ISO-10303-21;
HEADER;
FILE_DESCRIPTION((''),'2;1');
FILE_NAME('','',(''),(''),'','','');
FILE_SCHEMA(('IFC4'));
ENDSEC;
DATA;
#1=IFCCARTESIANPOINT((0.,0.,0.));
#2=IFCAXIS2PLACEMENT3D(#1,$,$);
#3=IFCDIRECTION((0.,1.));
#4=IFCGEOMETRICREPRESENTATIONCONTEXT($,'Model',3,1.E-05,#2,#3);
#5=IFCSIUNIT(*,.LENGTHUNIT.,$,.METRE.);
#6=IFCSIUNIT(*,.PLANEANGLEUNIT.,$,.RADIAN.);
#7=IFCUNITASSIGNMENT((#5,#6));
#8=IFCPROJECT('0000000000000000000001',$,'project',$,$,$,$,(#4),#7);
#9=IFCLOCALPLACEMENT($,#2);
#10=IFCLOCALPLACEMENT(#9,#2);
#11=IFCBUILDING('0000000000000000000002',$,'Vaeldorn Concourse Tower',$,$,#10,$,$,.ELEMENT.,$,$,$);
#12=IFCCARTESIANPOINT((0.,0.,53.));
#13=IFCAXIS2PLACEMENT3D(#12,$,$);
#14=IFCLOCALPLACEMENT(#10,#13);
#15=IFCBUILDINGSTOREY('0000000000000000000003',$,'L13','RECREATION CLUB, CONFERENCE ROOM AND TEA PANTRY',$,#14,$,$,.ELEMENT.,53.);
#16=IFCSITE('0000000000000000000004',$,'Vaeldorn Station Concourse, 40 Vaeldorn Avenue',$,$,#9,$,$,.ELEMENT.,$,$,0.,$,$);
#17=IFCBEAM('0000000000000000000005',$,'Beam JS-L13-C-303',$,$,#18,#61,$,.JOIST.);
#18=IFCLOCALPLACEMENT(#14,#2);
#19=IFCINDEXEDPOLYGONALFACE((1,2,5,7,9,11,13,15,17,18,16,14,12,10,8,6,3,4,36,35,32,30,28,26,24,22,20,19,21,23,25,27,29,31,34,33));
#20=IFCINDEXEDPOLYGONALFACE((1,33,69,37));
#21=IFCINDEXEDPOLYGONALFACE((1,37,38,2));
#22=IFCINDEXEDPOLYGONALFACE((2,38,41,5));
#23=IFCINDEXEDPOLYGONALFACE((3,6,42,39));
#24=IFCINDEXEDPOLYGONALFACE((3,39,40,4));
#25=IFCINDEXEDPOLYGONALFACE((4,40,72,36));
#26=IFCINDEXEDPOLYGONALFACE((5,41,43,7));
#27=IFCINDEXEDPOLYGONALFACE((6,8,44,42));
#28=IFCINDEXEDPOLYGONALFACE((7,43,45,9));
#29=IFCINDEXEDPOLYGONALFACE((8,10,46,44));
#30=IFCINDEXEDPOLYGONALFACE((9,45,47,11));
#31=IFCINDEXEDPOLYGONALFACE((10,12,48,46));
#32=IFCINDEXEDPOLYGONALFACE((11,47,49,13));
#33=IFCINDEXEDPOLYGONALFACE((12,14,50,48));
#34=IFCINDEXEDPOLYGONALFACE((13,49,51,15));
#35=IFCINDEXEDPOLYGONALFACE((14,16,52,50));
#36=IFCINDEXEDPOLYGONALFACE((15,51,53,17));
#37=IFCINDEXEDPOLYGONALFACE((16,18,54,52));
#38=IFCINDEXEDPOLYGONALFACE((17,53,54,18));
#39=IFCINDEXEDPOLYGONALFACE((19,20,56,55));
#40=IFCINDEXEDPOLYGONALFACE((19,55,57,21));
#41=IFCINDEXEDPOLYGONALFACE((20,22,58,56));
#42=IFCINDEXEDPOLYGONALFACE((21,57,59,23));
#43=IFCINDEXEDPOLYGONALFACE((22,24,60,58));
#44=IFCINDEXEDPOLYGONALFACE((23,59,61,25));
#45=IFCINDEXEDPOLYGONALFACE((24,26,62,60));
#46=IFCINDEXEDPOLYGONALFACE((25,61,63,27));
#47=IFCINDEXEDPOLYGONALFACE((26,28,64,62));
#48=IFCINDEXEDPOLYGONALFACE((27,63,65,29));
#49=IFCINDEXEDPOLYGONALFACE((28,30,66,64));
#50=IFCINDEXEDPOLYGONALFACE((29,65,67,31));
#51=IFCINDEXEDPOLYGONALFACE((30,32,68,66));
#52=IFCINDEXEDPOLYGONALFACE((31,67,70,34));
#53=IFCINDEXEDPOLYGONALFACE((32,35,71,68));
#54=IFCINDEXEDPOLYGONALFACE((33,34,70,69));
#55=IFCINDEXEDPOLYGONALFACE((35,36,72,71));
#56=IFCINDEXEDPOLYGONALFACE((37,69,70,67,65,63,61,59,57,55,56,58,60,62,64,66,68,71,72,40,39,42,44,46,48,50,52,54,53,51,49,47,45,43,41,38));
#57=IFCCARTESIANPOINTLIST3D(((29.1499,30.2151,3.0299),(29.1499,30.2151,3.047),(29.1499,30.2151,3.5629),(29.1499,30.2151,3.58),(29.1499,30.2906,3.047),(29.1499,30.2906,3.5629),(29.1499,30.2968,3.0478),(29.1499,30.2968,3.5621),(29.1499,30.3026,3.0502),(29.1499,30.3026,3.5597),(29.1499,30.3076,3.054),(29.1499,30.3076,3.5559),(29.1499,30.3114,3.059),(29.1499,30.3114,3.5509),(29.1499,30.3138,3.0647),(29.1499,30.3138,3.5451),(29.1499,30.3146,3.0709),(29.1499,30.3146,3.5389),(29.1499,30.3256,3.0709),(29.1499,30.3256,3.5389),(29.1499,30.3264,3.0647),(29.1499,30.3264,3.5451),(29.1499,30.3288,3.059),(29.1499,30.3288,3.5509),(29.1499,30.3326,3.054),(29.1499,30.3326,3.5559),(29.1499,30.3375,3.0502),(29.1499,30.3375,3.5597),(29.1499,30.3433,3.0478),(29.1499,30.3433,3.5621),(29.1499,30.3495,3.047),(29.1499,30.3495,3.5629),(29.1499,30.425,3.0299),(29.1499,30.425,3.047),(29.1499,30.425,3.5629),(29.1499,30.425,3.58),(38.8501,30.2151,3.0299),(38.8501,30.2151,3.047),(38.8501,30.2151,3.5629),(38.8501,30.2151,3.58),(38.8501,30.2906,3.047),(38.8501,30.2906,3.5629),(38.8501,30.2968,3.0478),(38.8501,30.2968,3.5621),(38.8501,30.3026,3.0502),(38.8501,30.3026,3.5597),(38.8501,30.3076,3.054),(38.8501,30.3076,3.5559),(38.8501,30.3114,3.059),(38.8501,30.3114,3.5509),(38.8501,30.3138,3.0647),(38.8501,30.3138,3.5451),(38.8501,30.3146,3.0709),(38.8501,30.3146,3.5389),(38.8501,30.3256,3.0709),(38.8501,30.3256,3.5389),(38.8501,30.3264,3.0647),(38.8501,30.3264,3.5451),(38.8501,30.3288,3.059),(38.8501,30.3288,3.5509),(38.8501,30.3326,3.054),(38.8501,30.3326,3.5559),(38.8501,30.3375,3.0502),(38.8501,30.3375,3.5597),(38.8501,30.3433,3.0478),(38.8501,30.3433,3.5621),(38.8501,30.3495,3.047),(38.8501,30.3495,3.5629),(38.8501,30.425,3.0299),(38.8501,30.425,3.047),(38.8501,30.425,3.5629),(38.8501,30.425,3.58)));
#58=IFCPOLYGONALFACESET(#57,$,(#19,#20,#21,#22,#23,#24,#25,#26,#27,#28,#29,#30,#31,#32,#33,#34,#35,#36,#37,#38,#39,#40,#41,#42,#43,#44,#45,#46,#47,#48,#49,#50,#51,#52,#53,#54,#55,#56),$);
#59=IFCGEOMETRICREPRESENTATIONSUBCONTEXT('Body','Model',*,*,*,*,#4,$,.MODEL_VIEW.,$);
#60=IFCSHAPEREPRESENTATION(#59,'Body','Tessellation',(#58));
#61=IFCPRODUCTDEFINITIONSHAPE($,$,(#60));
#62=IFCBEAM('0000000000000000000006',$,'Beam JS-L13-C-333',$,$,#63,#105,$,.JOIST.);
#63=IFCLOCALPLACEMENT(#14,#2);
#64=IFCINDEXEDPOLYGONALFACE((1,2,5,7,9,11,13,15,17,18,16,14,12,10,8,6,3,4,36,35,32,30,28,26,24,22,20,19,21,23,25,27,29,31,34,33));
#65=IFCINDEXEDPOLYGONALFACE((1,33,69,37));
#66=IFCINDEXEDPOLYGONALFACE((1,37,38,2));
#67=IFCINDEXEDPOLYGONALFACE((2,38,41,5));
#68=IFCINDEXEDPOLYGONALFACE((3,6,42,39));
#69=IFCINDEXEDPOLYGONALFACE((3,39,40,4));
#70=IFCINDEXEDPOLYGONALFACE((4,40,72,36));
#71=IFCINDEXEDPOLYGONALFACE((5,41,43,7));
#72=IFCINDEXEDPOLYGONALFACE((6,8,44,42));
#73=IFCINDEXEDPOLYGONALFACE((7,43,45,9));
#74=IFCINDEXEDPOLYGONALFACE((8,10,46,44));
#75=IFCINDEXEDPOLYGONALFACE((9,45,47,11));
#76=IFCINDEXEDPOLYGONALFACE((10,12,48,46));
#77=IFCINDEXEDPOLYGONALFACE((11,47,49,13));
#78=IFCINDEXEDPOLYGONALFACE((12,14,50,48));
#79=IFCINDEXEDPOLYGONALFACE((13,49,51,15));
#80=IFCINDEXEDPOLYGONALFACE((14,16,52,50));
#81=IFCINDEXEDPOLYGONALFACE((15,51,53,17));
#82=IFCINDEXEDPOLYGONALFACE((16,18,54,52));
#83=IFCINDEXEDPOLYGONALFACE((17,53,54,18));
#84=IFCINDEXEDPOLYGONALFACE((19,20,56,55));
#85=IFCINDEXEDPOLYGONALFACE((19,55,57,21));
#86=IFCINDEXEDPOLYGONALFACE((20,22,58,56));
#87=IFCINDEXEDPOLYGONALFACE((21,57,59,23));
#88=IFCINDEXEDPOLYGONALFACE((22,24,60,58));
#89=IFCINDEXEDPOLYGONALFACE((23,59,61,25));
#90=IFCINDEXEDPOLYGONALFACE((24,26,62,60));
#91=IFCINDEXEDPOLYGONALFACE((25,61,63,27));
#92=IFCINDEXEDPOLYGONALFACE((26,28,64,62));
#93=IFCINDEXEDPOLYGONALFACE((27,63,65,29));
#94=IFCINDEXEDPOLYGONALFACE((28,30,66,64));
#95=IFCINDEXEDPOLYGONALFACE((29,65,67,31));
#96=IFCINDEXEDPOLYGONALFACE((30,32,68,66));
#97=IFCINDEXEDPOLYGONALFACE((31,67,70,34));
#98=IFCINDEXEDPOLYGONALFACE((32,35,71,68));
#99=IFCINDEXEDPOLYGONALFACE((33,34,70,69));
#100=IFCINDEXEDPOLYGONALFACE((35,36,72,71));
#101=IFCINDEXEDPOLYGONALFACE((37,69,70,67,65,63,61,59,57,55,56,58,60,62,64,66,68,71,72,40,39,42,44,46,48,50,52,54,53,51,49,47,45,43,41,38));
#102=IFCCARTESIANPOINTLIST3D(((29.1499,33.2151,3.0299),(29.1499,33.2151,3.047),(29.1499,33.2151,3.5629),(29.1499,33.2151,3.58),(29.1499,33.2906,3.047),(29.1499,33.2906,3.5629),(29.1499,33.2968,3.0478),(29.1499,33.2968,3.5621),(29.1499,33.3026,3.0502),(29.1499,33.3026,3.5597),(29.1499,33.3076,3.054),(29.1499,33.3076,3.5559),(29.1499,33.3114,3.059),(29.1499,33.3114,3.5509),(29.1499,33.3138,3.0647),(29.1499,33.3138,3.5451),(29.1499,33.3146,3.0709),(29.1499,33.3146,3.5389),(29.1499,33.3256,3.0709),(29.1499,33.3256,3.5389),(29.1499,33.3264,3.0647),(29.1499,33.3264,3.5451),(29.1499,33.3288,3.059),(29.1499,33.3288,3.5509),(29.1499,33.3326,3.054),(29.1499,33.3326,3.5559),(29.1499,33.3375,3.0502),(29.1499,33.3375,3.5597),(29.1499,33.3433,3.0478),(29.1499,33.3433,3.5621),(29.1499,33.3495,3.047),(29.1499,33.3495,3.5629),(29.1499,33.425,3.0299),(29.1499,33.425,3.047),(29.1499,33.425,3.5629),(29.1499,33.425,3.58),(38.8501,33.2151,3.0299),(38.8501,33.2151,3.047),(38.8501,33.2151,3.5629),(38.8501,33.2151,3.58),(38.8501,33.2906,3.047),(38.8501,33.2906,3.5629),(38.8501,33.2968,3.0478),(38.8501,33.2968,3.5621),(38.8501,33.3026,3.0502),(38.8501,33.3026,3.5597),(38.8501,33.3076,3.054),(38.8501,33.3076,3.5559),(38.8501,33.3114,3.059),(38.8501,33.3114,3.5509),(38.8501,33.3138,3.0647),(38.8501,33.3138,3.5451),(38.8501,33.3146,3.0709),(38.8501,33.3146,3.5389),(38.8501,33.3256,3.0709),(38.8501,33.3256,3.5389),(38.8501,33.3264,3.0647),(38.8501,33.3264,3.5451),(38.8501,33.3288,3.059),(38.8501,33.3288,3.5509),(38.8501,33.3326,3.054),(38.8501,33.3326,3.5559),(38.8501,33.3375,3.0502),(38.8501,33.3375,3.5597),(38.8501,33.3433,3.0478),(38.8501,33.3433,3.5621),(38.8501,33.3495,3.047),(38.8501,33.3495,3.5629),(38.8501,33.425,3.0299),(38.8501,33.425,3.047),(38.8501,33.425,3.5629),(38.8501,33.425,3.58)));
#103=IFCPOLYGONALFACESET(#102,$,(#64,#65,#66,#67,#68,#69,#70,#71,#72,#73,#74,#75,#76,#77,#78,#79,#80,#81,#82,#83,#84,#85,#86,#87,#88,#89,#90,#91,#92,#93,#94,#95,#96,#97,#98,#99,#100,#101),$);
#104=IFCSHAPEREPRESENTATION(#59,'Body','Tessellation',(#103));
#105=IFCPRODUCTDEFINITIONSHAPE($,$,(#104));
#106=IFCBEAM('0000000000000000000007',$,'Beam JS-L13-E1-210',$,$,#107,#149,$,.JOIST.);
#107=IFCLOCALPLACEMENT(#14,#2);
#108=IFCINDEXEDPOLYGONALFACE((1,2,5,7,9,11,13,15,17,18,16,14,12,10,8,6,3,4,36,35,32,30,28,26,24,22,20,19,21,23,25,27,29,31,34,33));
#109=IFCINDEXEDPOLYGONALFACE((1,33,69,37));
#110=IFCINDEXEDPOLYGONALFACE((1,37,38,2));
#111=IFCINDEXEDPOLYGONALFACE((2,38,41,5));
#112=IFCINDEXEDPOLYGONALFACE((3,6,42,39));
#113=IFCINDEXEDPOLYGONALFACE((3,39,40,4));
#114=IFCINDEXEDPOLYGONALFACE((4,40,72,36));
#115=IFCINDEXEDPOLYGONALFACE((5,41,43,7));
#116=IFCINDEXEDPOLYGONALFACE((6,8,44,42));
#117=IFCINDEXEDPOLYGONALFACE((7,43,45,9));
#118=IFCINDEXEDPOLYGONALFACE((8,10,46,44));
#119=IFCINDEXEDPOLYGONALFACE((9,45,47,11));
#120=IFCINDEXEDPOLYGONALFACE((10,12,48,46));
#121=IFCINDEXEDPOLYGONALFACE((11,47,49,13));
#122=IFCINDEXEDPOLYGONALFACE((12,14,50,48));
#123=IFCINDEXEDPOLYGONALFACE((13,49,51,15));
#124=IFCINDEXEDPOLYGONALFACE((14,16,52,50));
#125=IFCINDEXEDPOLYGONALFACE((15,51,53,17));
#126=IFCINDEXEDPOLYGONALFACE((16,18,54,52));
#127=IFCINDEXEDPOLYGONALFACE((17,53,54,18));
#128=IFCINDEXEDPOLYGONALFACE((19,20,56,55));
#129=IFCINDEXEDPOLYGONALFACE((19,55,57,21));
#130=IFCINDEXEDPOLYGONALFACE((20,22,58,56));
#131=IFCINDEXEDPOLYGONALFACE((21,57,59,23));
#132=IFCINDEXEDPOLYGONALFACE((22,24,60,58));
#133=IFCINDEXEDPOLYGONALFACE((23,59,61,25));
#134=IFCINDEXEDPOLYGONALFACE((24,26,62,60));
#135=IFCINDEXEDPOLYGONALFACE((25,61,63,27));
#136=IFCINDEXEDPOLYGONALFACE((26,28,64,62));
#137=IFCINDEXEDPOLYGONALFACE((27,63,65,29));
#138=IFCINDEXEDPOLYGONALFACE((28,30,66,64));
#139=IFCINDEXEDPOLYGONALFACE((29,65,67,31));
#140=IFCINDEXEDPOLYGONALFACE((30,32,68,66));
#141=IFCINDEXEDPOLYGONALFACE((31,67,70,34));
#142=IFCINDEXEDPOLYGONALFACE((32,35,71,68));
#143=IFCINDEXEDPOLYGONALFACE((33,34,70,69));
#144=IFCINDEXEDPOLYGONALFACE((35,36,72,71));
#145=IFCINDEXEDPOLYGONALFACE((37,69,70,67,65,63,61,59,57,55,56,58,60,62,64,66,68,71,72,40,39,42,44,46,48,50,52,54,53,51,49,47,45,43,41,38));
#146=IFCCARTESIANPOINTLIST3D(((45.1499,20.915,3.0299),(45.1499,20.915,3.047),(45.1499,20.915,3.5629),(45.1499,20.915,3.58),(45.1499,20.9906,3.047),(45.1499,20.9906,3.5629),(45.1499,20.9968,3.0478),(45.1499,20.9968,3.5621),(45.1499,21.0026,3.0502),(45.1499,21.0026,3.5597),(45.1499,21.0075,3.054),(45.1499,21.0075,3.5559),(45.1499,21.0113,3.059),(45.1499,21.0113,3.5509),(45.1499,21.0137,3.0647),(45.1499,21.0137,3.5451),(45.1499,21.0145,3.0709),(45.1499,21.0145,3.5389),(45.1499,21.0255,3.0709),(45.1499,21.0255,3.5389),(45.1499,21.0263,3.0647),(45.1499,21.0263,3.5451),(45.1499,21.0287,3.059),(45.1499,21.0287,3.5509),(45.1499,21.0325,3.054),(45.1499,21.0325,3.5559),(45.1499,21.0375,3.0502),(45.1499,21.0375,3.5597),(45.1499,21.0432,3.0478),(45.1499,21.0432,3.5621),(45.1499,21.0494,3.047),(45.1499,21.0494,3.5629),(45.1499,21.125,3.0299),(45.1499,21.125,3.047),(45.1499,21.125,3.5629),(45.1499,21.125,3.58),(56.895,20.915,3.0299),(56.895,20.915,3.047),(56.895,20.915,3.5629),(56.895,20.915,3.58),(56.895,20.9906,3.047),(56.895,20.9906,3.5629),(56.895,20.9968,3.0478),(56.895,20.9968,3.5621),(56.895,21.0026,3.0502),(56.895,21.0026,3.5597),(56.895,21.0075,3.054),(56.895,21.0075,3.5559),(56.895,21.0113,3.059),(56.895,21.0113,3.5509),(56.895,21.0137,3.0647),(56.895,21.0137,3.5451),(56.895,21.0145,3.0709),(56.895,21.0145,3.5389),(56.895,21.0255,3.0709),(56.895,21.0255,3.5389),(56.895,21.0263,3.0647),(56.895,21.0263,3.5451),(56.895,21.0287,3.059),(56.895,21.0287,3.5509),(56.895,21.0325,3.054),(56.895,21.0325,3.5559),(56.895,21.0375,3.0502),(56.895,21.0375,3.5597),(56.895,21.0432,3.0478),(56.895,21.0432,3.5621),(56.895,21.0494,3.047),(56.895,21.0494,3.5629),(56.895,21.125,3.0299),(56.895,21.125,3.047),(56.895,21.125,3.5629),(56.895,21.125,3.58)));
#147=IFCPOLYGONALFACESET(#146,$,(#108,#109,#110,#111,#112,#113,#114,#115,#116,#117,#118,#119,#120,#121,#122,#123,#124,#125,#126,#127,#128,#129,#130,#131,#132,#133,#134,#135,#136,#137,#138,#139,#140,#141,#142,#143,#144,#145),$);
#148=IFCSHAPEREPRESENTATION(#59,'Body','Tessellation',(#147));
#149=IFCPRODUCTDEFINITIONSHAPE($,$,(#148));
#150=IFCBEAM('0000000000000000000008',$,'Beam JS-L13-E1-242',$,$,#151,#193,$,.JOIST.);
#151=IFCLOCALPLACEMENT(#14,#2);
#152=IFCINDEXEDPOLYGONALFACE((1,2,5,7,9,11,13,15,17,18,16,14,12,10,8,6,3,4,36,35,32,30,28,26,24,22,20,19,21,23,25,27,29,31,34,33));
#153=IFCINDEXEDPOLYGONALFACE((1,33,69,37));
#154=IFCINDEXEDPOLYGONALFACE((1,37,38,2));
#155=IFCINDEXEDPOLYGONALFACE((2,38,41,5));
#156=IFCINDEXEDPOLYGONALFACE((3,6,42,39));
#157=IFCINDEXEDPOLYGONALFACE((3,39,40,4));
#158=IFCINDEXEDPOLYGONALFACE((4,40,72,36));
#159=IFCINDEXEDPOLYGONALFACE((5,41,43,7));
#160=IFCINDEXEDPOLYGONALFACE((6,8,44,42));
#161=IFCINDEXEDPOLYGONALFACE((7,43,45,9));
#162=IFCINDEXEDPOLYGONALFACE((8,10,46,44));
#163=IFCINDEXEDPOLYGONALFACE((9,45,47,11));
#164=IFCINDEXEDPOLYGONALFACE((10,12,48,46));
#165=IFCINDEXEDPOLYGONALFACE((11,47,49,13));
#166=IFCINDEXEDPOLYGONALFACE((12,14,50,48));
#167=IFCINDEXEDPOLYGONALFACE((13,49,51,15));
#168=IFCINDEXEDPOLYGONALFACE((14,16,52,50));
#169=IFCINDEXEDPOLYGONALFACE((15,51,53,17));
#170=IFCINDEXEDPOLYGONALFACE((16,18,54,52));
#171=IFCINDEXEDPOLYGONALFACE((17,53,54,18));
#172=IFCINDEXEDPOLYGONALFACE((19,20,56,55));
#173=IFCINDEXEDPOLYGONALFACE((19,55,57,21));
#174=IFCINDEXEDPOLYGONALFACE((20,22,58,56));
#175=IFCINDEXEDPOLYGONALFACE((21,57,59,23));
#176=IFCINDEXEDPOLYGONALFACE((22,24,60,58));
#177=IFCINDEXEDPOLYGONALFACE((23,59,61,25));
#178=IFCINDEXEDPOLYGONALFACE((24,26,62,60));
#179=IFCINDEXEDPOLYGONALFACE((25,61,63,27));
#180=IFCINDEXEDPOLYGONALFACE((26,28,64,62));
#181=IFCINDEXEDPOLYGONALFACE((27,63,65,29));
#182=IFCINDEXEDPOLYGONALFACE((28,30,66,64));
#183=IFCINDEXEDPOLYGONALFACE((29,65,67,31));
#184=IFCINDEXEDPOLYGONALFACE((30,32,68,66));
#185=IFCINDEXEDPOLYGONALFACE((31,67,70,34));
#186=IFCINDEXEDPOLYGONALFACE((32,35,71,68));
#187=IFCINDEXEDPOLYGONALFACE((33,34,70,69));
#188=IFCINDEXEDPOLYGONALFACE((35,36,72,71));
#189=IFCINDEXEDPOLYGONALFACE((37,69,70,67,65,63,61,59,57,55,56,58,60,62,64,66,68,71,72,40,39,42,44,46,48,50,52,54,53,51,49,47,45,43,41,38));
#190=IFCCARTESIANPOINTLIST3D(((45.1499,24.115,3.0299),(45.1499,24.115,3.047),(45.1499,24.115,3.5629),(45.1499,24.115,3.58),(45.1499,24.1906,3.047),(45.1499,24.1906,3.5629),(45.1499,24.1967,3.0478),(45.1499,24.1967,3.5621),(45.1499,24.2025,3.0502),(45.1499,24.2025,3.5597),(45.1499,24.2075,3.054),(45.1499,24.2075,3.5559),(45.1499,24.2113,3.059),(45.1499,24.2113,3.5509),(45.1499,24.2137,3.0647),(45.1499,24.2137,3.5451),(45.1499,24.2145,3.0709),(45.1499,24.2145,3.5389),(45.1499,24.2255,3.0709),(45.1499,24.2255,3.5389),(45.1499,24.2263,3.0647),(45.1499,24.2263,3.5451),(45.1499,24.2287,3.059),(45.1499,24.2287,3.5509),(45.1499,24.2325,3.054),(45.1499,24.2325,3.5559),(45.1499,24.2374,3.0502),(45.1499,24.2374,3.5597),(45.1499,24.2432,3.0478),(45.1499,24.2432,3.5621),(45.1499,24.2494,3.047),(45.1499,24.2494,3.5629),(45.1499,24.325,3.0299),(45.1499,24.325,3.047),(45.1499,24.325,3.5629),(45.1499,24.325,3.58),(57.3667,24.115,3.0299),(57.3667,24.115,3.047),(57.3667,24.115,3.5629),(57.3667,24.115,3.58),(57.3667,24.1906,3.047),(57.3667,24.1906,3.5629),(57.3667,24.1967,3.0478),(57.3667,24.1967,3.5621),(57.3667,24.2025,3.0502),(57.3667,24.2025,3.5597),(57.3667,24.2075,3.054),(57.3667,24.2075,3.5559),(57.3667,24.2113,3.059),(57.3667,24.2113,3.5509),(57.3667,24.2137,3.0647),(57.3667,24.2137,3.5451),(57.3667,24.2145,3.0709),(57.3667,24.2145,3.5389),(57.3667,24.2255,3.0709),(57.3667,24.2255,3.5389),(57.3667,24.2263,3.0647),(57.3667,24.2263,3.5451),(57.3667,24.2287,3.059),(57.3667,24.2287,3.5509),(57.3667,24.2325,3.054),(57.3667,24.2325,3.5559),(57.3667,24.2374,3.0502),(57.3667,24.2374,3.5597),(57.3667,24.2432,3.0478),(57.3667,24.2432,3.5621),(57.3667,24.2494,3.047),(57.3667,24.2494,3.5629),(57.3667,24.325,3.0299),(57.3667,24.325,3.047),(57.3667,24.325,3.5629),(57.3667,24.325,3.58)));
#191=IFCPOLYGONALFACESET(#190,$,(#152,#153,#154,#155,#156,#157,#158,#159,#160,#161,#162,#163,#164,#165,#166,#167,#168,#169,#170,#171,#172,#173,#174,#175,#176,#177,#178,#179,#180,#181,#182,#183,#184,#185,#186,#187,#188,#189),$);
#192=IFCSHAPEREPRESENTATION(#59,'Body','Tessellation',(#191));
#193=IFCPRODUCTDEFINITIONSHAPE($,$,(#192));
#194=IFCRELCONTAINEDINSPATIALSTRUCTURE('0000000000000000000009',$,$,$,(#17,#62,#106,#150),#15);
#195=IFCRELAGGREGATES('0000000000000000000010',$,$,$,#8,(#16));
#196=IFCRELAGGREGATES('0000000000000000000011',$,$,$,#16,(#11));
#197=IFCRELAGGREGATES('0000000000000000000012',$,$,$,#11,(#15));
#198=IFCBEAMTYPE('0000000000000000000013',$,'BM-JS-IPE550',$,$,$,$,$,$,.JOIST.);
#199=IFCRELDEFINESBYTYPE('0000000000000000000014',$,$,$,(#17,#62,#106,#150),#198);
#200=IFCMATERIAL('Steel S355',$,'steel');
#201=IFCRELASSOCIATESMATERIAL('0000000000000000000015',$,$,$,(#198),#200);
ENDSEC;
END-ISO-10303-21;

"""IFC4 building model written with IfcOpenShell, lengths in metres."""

from ifc_helpers import new_model, si_unit, direction, frame, origin, origin_2d, place, context, subcontext, project, spatial, i_section, extrude, source, transform, mapped, material, material_profile, profile_set, type_object, element, save


model = new_model("IFC4")

# Units and contexts
model_context = context("Model", 3, precision=1e-05, world=origin(), true_north=direction((0.0, 1.0)))
body_context = subcontext(model_context, "Body", "Model", "MODEL_VIEW")
ifc_project = project(units=[si_unit("LENGTHUNIT", "METRE"), si_unit("PLANEANGLEUNIT", "RADIAN")], contexts=[model_context])

# Site, building, storey
site_placement = place(None, origin())
site = spatial("IfcSite", under=ifc_project, at=site_placement, Name="Vaeldorn Station Concourse, 40 Vaeldorn Avenue", CompositionType="ELEMENT", RefElevation=0.0)
building_placement = place(site_placement, origin())
building = spatial("IfcBuilding", under=site, at=building_placement, Name="Vaeldorn Concourse Tower", CompositionType="ELEMENT")
storey_placement = place(building_placement, frame((0.0, 0.0, 53.0)))
storey = spatial("IfcBuildingStorey", under=building, at=storey_placement, Name="L13", Description="RECREATION CLUB, CONFERENCE ROOM AND TEA PANTRY", CompositionType="ELEMENT", Elevation=53.0)

# Beams
ifc_material_1 = material(Name="Steel S355", Category="steel")
ifc_material_profile_1 = material_profile(ifc_material_1, i_section(OverallWidth=0.21, OverallDepth=0.55, WebThickness=0.011, FlangeThickness=0.0171, FilletRadius=0.0239, at=origin_2d()), Name="IPE 550")
ifc_profile_set_1 = profile_set([ifc_material_profile_1], Name="Steel S355")
beam_type_1 = type_object("IfcBeamType", Name="BM-JS-IPE550", PredefinedType="JOIST", material=ifc_profile_set_1)
shared_shape_1 = source(origin(), body_context, "Body", "SweptSolid", [
    extrude(i_section(OverallWidth=0.21, OverallDepth=0.55, WebThickness=0.011, FlangeThickness=0.0171, FilletRadius=0.0239, at=origin_2d()), origin(), (0.0, 0.0, 1.0), 9.7002),
])
for number, where, z_axis, x_axis, name in (
    (1, (29.1499, 30.3201, 3.3049), (1.0, 0.0, 0.0), (0.0, 1.0, 0.0), "Beam JS-L13-C-303"),
    (2, (29.1499, 33.3201, 3.3049), (1.0, 0.0, 0.0), (0.0, 1.0, 0.0), "Beam JS-L13-C-333"),
):
    element("IfcBeam", number, at=place(storey_placement, frame(where, z_axis=z_axis, x_axis=x_axis)), inside=storey, type_object=beam_type_1, Name=name, PredefinedType="JOIST", context=body_context, shape_type="MappedRepresentation", body=[
        mapped(shared_shape_1, transform((0.0, 0.0, 0.0), scale=1.0)),
    ])
shared_shape_2 = source(origin(), body_context, "Body", "SweptSolid", [
    extrude(i_section(OverallWidth=0.21, OverallDepth=0.55, WebThickness=0.011, FlangeThickness=0.0171, FilletRadius=0.0239, at=origin_2d()), origin(), (0.0, 0.0, 1.0), 11.7451),
])
beam_1_placement = place(storey_placement, frame((45.1499, 21.02, 3.3049), z_axis=(1.0, 0.0, 0.0), x_axis=(0.0, 1.0, 0.0)))
element("IfcBeam", 3, at=beam_1_placement, inside=storey, type_object=beam_type_1, Name="Beam JS-L13-E1-210", PredefinedType="JOIST", context=body_context, shape_type="MappedRepresentation", body=[
    mapped(shared_shape_2, transform((0.0, 0.0, 0.0), scale=1.0)),
])
shared_shape_3 = source(origin(), body_context, "Body", "SweptSolid", [
    extrude(i_section(OverallWidth=0.21, OverallDepth=0.55, WebThickness=0.011, FlangeThickness=0.0171, FilletRadius=0.0239, at=origin_2d()), origin(), (0.0, 0.0, 1.0), 12.2168),
])
beam_2_placement = place(storey_placement, frame((45.1499, 24.22, 3.3049), z_axis=(1.0, 0.0, 0.0), x_axis=(0.0, 1.0, 0.0)))
element("IfcBeam", 4, at=beam_2_placement, inside=storey, type_object=beam_type_1, Name="Beam JS-L13-E1-242", PredefinedType="JOIST", context=body_context, shape_type="MappedRepresentation", body=[
    mapped(shared_shape_3, transform((0.0, 0.0, 0.0), scale=1.0)),
])

save(model, "model.ifc")
